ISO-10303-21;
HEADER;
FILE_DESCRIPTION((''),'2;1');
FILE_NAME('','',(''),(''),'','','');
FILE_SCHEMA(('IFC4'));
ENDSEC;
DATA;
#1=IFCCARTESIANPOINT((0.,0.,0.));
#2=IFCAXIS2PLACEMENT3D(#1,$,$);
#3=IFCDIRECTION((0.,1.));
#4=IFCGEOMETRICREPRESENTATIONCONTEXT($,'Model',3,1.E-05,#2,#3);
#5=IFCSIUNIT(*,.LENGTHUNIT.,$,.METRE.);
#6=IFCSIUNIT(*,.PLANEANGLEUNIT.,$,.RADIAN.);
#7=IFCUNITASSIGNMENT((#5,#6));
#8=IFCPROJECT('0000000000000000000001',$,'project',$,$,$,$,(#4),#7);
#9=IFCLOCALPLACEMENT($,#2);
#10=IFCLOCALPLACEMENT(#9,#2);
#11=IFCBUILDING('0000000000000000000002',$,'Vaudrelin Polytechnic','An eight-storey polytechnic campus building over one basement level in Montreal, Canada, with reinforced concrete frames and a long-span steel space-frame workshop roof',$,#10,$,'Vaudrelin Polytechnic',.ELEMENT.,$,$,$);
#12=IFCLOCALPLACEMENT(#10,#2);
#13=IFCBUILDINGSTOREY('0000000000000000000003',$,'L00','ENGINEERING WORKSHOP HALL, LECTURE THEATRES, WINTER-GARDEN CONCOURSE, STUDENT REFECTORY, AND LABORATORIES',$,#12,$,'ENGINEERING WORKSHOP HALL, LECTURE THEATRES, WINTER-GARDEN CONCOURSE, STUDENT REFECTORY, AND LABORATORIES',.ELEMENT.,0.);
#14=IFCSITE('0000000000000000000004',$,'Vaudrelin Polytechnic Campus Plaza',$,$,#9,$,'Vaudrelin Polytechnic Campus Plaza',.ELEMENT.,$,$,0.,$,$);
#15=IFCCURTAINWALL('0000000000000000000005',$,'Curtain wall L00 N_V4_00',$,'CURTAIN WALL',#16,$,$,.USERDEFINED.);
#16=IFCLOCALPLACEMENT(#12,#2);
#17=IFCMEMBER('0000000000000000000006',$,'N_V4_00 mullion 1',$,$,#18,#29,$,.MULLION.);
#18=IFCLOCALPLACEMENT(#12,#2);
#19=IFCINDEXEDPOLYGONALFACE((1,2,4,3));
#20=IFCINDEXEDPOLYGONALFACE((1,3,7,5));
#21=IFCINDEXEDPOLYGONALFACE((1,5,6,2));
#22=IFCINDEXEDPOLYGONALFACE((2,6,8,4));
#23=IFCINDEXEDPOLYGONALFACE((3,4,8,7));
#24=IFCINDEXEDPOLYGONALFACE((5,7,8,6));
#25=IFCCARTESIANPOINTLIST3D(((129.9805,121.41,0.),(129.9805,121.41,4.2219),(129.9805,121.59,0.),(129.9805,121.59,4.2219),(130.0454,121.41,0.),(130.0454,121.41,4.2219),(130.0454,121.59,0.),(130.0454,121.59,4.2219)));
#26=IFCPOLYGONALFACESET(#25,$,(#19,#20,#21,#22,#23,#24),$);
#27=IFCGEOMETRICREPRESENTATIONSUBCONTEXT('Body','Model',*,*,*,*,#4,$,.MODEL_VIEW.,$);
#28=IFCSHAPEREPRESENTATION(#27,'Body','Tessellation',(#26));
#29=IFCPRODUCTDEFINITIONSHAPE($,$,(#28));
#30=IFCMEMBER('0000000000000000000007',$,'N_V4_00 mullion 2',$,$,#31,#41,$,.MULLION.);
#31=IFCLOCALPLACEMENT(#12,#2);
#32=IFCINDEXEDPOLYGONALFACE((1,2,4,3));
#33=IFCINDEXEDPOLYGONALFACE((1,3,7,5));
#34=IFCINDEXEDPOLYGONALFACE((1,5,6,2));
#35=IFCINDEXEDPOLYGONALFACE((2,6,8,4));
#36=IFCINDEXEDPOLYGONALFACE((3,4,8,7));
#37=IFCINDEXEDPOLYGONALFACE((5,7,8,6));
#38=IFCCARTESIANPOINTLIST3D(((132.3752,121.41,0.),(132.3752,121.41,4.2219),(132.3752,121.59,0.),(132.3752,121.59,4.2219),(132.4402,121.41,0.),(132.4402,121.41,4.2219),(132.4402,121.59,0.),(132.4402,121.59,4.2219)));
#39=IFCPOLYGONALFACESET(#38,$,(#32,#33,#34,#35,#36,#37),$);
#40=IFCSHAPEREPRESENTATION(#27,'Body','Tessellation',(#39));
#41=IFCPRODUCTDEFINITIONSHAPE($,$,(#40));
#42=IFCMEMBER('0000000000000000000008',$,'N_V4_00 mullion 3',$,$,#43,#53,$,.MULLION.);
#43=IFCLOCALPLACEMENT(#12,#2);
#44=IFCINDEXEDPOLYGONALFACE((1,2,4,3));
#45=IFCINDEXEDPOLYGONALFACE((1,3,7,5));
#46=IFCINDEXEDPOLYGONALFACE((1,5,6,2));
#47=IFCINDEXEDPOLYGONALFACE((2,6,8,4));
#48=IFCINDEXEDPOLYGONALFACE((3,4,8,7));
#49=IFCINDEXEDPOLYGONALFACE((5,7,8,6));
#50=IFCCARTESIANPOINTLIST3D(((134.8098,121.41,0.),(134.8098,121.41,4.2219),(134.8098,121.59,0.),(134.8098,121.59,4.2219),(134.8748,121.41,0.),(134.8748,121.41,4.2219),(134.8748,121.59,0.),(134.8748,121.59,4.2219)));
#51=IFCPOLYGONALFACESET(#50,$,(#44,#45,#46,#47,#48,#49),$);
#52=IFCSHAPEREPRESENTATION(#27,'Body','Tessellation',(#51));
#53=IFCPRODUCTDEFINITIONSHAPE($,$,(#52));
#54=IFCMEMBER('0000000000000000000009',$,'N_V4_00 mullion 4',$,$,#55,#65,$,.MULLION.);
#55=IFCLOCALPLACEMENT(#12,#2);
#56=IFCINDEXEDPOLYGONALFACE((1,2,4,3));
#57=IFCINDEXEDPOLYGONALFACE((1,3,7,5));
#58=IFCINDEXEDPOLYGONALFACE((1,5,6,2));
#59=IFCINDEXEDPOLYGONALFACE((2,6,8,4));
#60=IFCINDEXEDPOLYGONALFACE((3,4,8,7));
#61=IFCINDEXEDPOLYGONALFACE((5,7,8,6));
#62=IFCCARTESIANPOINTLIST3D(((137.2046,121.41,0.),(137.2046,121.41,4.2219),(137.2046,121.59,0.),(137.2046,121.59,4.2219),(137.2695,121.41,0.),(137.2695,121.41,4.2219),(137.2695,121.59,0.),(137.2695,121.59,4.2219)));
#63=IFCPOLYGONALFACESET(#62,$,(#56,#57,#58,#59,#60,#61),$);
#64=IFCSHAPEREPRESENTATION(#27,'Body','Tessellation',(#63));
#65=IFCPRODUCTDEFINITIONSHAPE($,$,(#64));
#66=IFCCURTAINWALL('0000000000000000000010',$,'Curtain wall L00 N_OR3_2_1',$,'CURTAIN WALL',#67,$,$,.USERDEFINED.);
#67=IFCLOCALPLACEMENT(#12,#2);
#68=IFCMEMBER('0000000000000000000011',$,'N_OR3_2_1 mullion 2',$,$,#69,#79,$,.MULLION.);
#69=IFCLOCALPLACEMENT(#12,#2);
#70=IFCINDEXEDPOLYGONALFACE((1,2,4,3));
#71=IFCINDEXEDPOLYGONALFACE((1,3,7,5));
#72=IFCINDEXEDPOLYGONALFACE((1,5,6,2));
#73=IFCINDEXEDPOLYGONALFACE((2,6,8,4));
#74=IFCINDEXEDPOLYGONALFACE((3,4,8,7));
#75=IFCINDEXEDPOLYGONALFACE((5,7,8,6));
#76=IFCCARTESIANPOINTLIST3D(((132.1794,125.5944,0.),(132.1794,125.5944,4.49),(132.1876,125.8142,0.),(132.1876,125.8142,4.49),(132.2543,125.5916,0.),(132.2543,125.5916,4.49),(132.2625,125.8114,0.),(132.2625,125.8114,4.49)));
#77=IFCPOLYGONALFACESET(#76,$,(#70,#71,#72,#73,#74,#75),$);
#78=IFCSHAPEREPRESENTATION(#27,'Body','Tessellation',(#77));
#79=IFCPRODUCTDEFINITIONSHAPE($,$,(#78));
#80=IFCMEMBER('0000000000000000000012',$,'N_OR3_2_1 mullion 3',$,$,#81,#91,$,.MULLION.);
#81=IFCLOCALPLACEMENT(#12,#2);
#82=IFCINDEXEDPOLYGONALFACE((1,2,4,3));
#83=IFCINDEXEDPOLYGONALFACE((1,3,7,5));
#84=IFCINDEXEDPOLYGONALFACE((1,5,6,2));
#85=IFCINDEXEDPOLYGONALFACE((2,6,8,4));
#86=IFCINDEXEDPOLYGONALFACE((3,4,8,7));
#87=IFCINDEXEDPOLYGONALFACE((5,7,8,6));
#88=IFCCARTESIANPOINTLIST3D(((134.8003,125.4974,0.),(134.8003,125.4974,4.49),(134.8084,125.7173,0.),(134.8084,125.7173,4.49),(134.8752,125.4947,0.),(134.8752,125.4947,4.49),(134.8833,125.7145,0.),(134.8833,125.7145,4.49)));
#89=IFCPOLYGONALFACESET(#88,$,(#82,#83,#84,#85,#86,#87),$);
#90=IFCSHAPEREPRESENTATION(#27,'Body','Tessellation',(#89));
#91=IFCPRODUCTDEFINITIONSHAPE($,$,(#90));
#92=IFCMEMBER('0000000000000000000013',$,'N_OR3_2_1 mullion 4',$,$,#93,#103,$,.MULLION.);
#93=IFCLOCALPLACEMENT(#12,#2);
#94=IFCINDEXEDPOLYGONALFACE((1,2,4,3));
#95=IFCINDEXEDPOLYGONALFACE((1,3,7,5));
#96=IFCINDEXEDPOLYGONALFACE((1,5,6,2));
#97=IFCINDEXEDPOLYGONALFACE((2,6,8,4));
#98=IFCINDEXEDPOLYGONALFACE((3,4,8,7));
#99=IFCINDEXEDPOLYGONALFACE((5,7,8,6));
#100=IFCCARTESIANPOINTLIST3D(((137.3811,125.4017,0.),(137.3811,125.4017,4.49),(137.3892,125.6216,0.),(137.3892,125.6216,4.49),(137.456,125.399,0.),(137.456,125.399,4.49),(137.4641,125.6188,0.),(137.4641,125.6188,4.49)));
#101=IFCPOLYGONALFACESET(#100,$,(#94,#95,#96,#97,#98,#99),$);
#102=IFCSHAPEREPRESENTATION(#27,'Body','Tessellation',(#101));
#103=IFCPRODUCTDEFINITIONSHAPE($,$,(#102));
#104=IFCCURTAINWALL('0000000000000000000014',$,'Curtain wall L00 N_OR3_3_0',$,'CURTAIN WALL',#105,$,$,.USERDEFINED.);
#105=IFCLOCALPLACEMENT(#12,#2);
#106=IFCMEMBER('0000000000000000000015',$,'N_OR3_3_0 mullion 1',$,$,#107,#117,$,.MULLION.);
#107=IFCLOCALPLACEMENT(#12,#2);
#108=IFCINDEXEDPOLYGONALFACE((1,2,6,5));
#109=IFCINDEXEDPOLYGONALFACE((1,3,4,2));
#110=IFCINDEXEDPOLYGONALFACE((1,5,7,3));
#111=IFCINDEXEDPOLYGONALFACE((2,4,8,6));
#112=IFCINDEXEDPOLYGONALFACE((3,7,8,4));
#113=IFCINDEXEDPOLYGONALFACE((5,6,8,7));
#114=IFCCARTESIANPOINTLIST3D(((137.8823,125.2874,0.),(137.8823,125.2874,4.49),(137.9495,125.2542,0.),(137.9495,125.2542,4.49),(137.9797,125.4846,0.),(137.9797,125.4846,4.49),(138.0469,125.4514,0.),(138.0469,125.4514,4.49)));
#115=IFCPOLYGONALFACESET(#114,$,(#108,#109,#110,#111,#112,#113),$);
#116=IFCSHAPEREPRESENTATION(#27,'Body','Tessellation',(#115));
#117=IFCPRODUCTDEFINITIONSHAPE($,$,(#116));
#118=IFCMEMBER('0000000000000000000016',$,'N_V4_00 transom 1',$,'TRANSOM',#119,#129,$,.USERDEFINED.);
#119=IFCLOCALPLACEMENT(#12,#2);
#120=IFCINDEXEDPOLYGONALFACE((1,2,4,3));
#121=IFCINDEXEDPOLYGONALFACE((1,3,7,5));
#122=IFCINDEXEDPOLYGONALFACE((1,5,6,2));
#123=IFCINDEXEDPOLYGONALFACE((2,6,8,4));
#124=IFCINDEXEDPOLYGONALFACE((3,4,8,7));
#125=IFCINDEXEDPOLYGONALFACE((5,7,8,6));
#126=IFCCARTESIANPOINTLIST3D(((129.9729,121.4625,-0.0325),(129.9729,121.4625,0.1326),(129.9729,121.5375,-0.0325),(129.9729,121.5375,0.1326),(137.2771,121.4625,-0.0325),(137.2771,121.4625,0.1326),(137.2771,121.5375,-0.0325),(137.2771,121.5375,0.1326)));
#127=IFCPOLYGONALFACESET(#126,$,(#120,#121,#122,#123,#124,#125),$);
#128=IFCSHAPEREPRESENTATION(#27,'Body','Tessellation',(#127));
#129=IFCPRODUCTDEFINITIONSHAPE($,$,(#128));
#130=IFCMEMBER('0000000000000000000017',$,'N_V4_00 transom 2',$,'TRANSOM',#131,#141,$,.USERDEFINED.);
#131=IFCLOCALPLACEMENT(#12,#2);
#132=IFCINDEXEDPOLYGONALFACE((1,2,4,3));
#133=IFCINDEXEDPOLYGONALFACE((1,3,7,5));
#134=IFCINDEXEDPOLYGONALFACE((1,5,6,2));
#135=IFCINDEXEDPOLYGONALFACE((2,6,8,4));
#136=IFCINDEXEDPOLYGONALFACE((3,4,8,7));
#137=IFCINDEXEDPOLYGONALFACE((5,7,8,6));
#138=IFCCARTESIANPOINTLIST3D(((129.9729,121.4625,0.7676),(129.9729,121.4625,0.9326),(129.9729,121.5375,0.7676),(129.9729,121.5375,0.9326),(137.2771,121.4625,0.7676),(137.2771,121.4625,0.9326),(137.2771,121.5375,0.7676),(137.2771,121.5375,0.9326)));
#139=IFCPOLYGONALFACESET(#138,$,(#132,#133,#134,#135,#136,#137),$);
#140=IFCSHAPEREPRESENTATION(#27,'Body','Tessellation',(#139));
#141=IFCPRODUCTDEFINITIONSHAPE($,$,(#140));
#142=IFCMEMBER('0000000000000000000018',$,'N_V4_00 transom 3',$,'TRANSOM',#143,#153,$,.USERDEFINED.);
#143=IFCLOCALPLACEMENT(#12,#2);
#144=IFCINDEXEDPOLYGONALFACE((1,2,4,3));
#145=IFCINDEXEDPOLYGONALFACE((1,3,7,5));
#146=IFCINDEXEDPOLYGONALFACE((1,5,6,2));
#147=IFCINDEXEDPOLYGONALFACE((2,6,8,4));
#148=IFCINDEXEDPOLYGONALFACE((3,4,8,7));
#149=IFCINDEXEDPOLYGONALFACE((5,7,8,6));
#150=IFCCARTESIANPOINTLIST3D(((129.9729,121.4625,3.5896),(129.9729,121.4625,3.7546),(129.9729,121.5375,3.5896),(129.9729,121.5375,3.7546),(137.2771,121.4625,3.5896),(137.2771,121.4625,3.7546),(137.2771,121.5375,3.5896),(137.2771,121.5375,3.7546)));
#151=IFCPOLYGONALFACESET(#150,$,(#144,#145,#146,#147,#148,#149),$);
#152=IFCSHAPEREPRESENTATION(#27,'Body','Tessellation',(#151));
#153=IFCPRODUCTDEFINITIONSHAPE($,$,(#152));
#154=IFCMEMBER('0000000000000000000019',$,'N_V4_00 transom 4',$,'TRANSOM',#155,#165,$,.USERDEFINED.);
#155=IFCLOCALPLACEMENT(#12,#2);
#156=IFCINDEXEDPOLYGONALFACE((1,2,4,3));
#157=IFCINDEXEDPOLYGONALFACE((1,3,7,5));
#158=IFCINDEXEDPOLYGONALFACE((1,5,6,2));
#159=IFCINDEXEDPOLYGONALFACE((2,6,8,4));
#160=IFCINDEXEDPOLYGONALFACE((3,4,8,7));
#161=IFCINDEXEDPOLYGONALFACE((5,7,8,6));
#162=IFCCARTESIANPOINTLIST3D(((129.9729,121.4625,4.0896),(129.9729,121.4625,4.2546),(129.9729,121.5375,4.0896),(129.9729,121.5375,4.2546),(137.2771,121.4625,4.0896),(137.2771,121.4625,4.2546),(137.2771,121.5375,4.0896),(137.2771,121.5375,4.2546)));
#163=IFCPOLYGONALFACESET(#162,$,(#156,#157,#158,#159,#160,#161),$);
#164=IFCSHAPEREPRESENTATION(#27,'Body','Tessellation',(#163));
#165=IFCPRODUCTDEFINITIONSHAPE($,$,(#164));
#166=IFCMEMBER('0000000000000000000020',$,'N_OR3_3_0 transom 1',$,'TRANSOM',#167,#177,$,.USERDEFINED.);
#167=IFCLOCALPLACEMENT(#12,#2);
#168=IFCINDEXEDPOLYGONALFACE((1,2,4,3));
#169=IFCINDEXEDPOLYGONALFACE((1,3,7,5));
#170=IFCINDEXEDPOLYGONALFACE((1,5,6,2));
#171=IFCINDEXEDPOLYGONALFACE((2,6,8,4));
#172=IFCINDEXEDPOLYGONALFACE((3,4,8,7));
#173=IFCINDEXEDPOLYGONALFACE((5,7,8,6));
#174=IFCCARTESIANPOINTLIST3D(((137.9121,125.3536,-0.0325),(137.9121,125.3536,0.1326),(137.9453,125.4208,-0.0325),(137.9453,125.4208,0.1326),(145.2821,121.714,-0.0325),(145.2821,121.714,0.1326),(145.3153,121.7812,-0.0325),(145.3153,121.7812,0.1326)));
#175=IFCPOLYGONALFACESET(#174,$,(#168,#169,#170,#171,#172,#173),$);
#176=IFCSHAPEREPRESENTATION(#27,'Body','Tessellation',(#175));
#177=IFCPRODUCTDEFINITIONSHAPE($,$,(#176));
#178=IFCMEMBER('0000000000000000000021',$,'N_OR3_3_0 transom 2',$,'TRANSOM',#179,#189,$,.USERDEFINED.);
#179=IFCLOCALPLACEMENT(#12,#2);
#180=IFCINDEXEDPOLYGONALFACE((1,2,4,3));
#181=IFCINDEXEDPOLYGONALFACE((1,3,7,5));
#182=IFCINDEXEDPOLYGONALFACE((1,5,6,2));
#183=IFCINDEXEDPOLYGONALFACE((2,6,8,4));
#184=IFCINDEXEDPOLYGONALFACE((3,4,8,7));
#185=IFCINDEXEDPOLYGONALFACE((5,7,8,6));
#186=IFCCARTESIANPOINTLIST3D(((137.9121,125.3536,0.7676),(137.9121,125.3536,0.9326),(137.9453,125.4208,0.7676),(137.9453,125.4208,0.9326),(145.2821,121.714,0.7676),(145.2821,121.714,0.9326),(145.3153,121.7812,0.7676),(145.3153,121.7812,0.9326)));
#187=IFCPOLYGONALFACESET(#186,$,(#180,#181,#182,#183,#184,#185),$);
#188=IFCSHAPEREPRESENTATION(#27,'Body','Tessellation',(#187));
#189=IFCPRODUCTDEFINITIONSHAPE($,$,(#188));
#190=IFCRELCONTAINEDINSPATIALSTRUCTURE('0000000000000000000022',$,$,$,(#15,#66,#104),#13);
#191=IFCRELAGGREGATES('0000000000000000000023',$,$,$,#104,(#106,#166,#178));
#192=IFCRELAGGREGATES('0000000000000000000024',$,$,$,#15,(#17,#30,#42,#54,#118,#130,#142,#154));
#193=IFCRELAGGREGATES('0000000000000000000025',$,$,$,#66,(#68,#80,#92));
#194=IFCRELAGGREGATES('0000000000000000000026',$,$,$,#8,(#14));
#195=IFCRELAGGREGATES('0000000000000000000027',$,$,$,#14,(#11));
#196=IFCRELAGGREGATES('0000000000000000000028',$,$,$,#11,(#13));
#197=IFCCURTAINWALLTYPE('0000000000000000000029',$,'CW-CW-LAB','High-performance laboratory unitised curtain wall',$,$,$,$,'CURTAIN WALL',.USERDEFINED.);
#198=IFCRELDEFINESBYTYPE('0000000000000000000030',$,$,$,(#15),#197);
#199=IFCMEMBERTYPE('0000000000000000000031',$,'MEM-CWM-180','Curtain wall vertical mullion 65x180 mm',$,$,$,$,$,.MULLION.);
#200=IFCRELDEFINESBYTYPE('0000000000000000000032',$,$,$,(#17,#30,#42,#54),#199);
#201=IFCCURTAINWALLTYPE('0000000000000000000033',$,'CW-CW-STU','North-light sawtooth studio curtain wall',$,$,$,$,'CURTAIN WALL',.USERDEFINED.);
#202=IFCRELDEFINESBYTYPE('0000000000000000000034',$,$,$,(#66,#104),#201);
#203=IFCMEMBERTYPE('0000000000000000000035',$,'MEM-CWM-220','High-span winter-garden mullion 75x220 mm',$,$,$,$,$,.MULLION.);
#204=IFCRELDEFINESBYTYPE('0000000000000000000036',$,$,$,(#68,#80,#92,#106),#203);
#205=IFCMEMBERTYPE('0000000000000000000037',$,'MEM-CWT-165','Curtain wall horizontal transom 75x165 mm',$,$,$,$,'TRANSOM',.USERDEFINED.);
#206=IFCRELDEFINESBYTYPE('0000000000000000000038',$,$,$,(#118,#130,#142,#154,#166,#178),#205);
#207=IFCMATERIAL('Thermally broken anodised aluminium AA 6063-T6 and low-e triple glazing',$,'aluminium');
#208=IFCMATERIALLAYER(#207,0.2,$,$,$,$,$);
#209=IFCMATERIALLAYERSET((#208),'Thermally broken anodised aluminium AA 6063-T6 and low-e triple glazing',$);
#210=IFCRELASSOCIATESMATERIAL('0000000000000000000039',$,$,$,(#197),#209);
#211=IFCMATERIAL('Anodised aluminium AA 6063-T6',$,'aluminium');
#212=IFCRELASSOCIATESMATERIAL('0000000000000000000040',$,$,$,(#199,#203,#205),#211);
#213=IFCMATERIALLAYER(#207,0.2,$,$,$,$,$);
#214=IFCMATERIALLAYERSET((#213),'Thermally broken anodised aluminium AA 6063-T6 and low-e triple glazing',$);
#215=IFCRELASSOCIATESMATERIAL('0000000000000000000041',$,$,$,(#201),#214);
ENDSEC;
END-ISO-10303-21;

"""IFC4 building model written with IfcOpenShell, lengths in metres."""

from ifc_helpers import new_model, si_unit, direction, frame, origin, origin_2d, place, context, subcontext, project, spatial, rectangle, extrude, material, layer, layer_set, material_profile, profile_set, type_object, element, aggregate, save


model = new_model("IFC4")

# Units and contexts
model_context = context("Model", 3, precision=1e-05, world=origin(), true_north=direction((0.0, 1.0)))
body_context = subcontext(model_context, "Body", "Model", "MODEL_VIEW")
ifc_project = project(units=[si_unit("LENGTHUNIT", "METRE"), si_unit("PLANEANGLEUNIT", "RADIAN")], contexts=[model_context])

# Site, building, storey
site_placement = place(None, origin())
site = spatial("IfcSite", under=ifc_project, at=site_placement, Name="Vaudrelin Polytechnic Campus Plaza", LongName="Vaudrelin Polytechnic Campus Plaza", CompositionType="ELEMENT", RefElevation=0.0)
building_placement = place(site_placement, origin())
building = spatial("IfcBuilding", under=site, at=building_placement, Name="Vaudrelin Polytechnic", Description="An eight-storey polytechnic campus building over one basement level in Montreal, Canada, with reinforced concrete frames and a long-span steel space-frame workshop roof", LongName="Vaudrelin Polytechnic", CompositionType="ELEMENT")
storey_placement = place(building_placement, origin())
storey = spatial("IfcBuildingStorey", under=building, at=storey_placement, Name="L00", Description="ENGINEERING WORKSHOP HALL, LECTURE THEATRES, WINTER-GARDEN CONCOURSE, STUDENT REFECTORY, AND LABORATORIES", LongName="ENGINEERING WORKSHOP HALL, LECTURE THEATRES, WINTER-GARDEN CONCOURSE, STUDENT REFECTORY, AND LABORATORIES", CompositionType="ELEMENT", Elevation=0.0)

# Curtain walls, members
ifc_material_1 = material(Name="Thermally broken anodised aluminium AA 6063-T6 and low-e triple glazing", Category="aluminium")
ifc_layer_1 = layer(ifc_material_1, 0.2)
ifc_layer_set_1 = layer_set([ifc_layer_1], Name="Thermally broken anodised aluminium AA 6063-T6 and low-e triple glazing")
curtain_wall_type_1 = type_object("IfcCurtainWallType", Name="CW-CW-LAB", Description="High-performance laboratory unitised curtain wall", ElementType="CURTAIN WALL", PredefinedType="USERDEFINED", material=ifc_layer_set_1)
curtain_wall_1_placement = place(storey_placement, origin())
curtain_wall_1 = element("IfcCurtainWall", 1, at=curtain_wall_1_placement, inside=storey, type_object=curtain_wall_type_1, Name="Curtain wall L00 N_V4_00", ObjectType="CURTAIN WALL", PredefinedType="USERDEFINED")
ifc_material_2 = material(Name="Anodised aluminium AA 6063-T6", Category="aluminium")
ifc_material_profile_1 = material_profile(ifc_material_2, rectangle(XDim=0.0649, YDim=0.1799, at=origin_2d()), Name="CWM-65x180")
ifc_profile_set_1 = profile_set([ifc_material_profile_1], Name="Anodised aluminium AA 6063-T6")
member_type_1 = type_object("IfcMemberType", Name="MEM-CWM-180", Description="Curtain wall vertical mullion 65x180 mm", PredefinedType="MULLION", material=ifc_profile_set_1)
member_1_placement = place(storey_placement, frame((130.0129, 121.5, 0.0), z_axis=(0.0, 0.0, 1.0), x_axis=(1.0, 0.0, 0.0)))
member_1 = element("IfcMember", 2, at=member_1_placement, type_object=member_type_1, Name="N_V4_00 mullion 1", PredefinedType="MULLION", context=body_context, shape_type="SweptSolid", body=[
    extrude(rectangle(XDim=0.0649, YDim=0.1799, at=origin_2d()), origin(), (0.0, 0.0, 1.0), 4.2219),
])
member_2_placement = place(storey_placement, frame((132.4077, 121.5, 0.0), z_axis=(0.0, 0.0, 1.0), x_axis=(1.0, 0.0, 0.0)))
member_2 = element("IfcMember", 3, at=member_2_placement, type_object=member_type_1, Name="N_V4_00 mullion 2", PredefinedType="MULLION", context=body_context, shape_type="SweptSolid", body=[
    extrude(rectangle(XDim=0.0649, YDim=0.1799, at=origin_2d()), origin(), (0.0, 0.0, 1.0), 4.2219),
])
member_3_placement = place(storey_placement, frame((134.8423, 121.5, 0.0), z_axis=(0.0, 0.0, 1.0), x_axis=(1.0, 0.0, 0.0)))
member_3 = element("IfcMember", 4, at=member_3_placement, type_object=member_type_1, Name="N_V4_00 mullion 3", PredefinedType="MULLION", context=body_context, shape_type="SweptSolid", body=[
    extrude(rectangle(XDim=0.0649, YDim=0.1799, at=origin_2d()), origin(), (0.0, 0.0, 1.0), 4.2219),
])
member_4_placement = place(storey_placement, frame((137.2371, 121.5, 0.0), z_axis=(0.0, 0.0, 1.0), x_axis=(1.0, 0.0, 0.0)))
member_4 = element("IfcMember", 5, at=member_4_placement, type_object=member_type_1, Name="N_V4_00 mullion 4", PredefinedType="MULLION", context=body_context, shape_type="SweptSolid", body=[
    extrude(rectangle(XDim=0.0649, YDim=0.1799, at=origin_2d()), origin(), (0.0, 0.0, 1.0), 4.2219),
])
ifc_layer_2 = layer(ifc_material_1, 0.2)
ifc_layer_set_2 = layer_set([ifc_layer_2], Name="Thermally broken anodised aluminium AA 6063-T6 and low-e triple glazing")
curtain_wall_type_2 = type_object("IfcCurtainWallType", Name="CW-CW-STU", Description="North-light sawtooth studio curtain wall", ElementType="CURTAIN WALL", PredefinedType="USERDEFINED", material=ifc_layer_set_2)
curtain_wall_2_placement = place(storey_placement, origin())
curtain_wall_2 = element("IfcCurtainWall", 6, at=curtain_wall_2_placement, inside=storey, type_object=curtain_wall_type_2, Name="Curtain wall L00 N_OR3_2_1", ObjectType="CURTAIN WALL", PredefinedType="USERDEFINED")
ifc_material_profile_2 = material_profile(ifc_material_2, rectangle(XDim=0.075, YDim=0.22, at=origin_2d()), Name="CWM-75x220")
ifc_profile_set_2 = profile_set([ifc_material_profile_2], Name="Anodised aluminium AA 6063-T6")
member_type_2 = type_object("IfcMemberType", Name="MEM-CWM-220", Description="High-span winter-garden mullion 75x220 mm", PredefinedType="MULLION", material=ifc_profile_set_2)
member_5_placement = place(storey_placement, frame((132.2209, 125.7029, 0.0), z_axis=(0.0, 0.0, 1.0), x_axis=(0.999315, -0.037011, 0.0)))
member_5 = element("IfcMember", 7, at=member_5_placement, type_object=member_type_2, Name="N_OR3_2_1 mullion 2", PredefinedType="MULLION", context=body_context, shape_type="SweptSolid", body=[
    extrude(rectangle(XDim=0.075, YDim=0.22, at=origin_2d()), origin(), (0.0, 0.0, 1.0), 4.49),
])
member_6_placement = place(storey_placement, frame((134.8418, 125.606, 0.0), z_axis=(0.0, 0.0, 1.0), x_axis=(0.999315, -0.037011, 0.0)))
member_6 = element("IfcMember", 8, at=member_6_placement, type_object=member_type_2, Name="N_OR3_2_1 mullion 3", PredefinedType="MULLION", context=body_context, shape_type="SweptSolid", body=[
    extrude(rectangle(XDim=0.075, YDim=0.22, at=origin_2d()), origin(), (0.0, 0.0, 1.0), 4.49),
])
member_7_placement = place(storey_placement, frame((137.4226, 125.5103, 0.0), z_axis=(0.0, 0.0, 1.0), x_axis=(0.999315, -0.037011, 0.0)))
member_7 = element("IfcMember", 9, at=member_7_placement, type_object=member_type_2, Name="N_OR3_2_1 mullion 4", PredefinedType="MULLION", context=body_context, shape_type="SweptSolid", body=[
    extrude(rectangle(XDim=0.075, YDim=0.22, at=origin_2d()), origin(), (0.0, 0.0, 1.0), 4.49),
])

# Curtain wall, member
curtain_wall_3_placement = place(storey_placement, origin())
curtain_wall_3 = element("IfcCurtainWall", 10, at=curtain_wall_3_placement, inside=storey, type_object=curtain_wall_type_2, Name="Curtain wall L00 N_OR3_3_0", ObjectType="CURTAIN WALL", PredefinedType="USERDEFINED")
member_8_placement = place(storey_placement, frame((137.9646, 125.3694, 0.0), z_axis=(0.0, 0.0, 1.0), x_axis=(0.896628, -0.442785, 0.0)))
member_8 = element("IfcMember", 11, at=member_8_placement, type_object=member_type_2, Name="N_OR3_3_0 mullion 1", PredefinedType="MULLION", context=body_context, shape_type="SweptSolid", body=[
    extrude(rectangle(XDim=0.075, YDim=0.22, at=origin_2d()), origin(), (0.0, 0.0, 1.0), 4.49),
])

# Members
ifc_material_profile_3 = material_profile(ifc_material_2, rectangle(XDim=0.075, YDim=0.165, at=origin_2d()), Name="CWT-75x165")
ifc_profile_set_3 = profile_set([ifc_material_profile_3], Name="Anodised aluminium AA 6063-T6")
member_type_3 = type_object("IfcMemberType", Name="MEM-CWT-165", Description="Curtain wall horizontal transom 75x165 mm", ElementType="TRANSOM", PredefinedType="USERDEFINED", material=ifc_profile_set_3)
member_9_placement = place(storey_placement, frame((129.9729, 121.5, 0.05), z_axis=(1.0, 0.0, 0.0), x_axis=(0.0, 1.0, 0.0)))
member_9 = element("IfcMember", 12, at=member_9_placement, type_object=member_type_3, Name="N_V4_00 transom 1", ObjectType="TRANSOM", PredefinedType="USERDEFINED", context=body_context, shape_type="SweptSolid", body=[
    extrude(rectangle(XDim=0.075, YDim=0.165, at=origin_2d()), origin(), (0.0, 0.0, 1.0), 7.3042),
])
member_10_placement = place(storey_placement, frame((129.9729, 121.5, 0.8501), z_axis=(1.0, 0.0, 0.0), x_axis=(0.0, 1.0, 0.0)))
member_10 = element("IfcMember", 13, at=member_10_placement, type_object=member_type_3, Name="N_V4_00 transom 2", ObjectType="TRANSOM", PredefinedType="USERDEFINED", context=body_context, shape_type="SweptSolid", body=[
    extrude(rectangle(XDim=0.075, YDim=0.165, at=origin_2d()), origin(), (0.0, 0.0, 1.0), 7.3042),
])
member_11_placement = place(storey_placement, frame((129.9729, 121.5, 3.6721), z_axis=(1.0, 0.0, 0.0), x_axis=(0.0, 1.0, 0.0)))
member_11 = element("IfcMember", 14, at=member_11_placement, type_object=member_type_3, Name="N_V4_00 transom 3", ObjectType="TRANSOM", PredefinedType="USERDEFINED", context=body_context, shape_type="SweptSolid", body=[
    extrude(rectangle(XDim=0.075, YDim=0.165, at=origin_2d()), origin(), (0.0, 0.0, 1.0), 7.3042),
])
member_12_placement = place(storey_placement, frame((129.9729, 121.5, 4.1721), z_axis=(1.0, 0.0, 0.0), x_axis=(0.0, 1.0, 0.0)))
member_12 = element("IfcMember", 15, at=member_12_placement, type_object=member_type_3, Name="N_V4_00 transom 4", ObjectType="TRANSOM", PredefinedType="USERDEFINED", context=body_context, shape_type="SweptSolid", body=[
    extrude(rectangle(XDim=0.075, YDim=0.165, at=origin_2d()), origin(), (0.0, 0.0, 1.0), 7.3042),
])
member_13_placement = place(storey_placement, frame((137.9287, 125.3872, 0.05), z_axis=(0.896626, -0.442789, 0.0), x_axis=(0.442789, 0.896626, 0.0)))
member_13 = element("IfcMember", 16, at=member_13_placement, type_object=member_type_3, Name="N_OR3_3_0 transom 1", ObjectType="TRANSOM", PredefinedType="USERDEFINED", context=body_context, shape_type="SweptSolid", body=[
    extrude(rectangle(XDim=0.075, YDim=0.165, at=origin_2d()), origin(), (0.0, 0.0, 1.0), 8.2197),
])
member_14_placement = place(storey_placement, frame((137.9287, 125.3872, 0.8501), z_axis=(0.896626, -0.442789, 0.0), x_axis=(0.442789, 0.896626, 0.0)))
member_14 = element("IfcMember", 17, at=member_14_placement, type_object=member_type_3, Name="N_OR3_3_0 transom 2", ObjectType="TRANSOM", PredefinedType="USERDEFINED", context=body_context, shape_type="SweptSolid", body=[
    extrude(rectangle(XDim=0.075, YDim=0.165, at=origin_2d()), origin(), (0.0, 0.0, 1.0), 8.2197),
])
aggregate(curtain_wall_3, [member_8, member_13, member_14])

aggregate(curtain_wall_1, [member_1, member_2, member_3, member_4, member_9, member_10, member_11, member_12])
aggregate(curtain_wall_2, [member_5, member_6, member_7])

save(model, "model.ifc")
